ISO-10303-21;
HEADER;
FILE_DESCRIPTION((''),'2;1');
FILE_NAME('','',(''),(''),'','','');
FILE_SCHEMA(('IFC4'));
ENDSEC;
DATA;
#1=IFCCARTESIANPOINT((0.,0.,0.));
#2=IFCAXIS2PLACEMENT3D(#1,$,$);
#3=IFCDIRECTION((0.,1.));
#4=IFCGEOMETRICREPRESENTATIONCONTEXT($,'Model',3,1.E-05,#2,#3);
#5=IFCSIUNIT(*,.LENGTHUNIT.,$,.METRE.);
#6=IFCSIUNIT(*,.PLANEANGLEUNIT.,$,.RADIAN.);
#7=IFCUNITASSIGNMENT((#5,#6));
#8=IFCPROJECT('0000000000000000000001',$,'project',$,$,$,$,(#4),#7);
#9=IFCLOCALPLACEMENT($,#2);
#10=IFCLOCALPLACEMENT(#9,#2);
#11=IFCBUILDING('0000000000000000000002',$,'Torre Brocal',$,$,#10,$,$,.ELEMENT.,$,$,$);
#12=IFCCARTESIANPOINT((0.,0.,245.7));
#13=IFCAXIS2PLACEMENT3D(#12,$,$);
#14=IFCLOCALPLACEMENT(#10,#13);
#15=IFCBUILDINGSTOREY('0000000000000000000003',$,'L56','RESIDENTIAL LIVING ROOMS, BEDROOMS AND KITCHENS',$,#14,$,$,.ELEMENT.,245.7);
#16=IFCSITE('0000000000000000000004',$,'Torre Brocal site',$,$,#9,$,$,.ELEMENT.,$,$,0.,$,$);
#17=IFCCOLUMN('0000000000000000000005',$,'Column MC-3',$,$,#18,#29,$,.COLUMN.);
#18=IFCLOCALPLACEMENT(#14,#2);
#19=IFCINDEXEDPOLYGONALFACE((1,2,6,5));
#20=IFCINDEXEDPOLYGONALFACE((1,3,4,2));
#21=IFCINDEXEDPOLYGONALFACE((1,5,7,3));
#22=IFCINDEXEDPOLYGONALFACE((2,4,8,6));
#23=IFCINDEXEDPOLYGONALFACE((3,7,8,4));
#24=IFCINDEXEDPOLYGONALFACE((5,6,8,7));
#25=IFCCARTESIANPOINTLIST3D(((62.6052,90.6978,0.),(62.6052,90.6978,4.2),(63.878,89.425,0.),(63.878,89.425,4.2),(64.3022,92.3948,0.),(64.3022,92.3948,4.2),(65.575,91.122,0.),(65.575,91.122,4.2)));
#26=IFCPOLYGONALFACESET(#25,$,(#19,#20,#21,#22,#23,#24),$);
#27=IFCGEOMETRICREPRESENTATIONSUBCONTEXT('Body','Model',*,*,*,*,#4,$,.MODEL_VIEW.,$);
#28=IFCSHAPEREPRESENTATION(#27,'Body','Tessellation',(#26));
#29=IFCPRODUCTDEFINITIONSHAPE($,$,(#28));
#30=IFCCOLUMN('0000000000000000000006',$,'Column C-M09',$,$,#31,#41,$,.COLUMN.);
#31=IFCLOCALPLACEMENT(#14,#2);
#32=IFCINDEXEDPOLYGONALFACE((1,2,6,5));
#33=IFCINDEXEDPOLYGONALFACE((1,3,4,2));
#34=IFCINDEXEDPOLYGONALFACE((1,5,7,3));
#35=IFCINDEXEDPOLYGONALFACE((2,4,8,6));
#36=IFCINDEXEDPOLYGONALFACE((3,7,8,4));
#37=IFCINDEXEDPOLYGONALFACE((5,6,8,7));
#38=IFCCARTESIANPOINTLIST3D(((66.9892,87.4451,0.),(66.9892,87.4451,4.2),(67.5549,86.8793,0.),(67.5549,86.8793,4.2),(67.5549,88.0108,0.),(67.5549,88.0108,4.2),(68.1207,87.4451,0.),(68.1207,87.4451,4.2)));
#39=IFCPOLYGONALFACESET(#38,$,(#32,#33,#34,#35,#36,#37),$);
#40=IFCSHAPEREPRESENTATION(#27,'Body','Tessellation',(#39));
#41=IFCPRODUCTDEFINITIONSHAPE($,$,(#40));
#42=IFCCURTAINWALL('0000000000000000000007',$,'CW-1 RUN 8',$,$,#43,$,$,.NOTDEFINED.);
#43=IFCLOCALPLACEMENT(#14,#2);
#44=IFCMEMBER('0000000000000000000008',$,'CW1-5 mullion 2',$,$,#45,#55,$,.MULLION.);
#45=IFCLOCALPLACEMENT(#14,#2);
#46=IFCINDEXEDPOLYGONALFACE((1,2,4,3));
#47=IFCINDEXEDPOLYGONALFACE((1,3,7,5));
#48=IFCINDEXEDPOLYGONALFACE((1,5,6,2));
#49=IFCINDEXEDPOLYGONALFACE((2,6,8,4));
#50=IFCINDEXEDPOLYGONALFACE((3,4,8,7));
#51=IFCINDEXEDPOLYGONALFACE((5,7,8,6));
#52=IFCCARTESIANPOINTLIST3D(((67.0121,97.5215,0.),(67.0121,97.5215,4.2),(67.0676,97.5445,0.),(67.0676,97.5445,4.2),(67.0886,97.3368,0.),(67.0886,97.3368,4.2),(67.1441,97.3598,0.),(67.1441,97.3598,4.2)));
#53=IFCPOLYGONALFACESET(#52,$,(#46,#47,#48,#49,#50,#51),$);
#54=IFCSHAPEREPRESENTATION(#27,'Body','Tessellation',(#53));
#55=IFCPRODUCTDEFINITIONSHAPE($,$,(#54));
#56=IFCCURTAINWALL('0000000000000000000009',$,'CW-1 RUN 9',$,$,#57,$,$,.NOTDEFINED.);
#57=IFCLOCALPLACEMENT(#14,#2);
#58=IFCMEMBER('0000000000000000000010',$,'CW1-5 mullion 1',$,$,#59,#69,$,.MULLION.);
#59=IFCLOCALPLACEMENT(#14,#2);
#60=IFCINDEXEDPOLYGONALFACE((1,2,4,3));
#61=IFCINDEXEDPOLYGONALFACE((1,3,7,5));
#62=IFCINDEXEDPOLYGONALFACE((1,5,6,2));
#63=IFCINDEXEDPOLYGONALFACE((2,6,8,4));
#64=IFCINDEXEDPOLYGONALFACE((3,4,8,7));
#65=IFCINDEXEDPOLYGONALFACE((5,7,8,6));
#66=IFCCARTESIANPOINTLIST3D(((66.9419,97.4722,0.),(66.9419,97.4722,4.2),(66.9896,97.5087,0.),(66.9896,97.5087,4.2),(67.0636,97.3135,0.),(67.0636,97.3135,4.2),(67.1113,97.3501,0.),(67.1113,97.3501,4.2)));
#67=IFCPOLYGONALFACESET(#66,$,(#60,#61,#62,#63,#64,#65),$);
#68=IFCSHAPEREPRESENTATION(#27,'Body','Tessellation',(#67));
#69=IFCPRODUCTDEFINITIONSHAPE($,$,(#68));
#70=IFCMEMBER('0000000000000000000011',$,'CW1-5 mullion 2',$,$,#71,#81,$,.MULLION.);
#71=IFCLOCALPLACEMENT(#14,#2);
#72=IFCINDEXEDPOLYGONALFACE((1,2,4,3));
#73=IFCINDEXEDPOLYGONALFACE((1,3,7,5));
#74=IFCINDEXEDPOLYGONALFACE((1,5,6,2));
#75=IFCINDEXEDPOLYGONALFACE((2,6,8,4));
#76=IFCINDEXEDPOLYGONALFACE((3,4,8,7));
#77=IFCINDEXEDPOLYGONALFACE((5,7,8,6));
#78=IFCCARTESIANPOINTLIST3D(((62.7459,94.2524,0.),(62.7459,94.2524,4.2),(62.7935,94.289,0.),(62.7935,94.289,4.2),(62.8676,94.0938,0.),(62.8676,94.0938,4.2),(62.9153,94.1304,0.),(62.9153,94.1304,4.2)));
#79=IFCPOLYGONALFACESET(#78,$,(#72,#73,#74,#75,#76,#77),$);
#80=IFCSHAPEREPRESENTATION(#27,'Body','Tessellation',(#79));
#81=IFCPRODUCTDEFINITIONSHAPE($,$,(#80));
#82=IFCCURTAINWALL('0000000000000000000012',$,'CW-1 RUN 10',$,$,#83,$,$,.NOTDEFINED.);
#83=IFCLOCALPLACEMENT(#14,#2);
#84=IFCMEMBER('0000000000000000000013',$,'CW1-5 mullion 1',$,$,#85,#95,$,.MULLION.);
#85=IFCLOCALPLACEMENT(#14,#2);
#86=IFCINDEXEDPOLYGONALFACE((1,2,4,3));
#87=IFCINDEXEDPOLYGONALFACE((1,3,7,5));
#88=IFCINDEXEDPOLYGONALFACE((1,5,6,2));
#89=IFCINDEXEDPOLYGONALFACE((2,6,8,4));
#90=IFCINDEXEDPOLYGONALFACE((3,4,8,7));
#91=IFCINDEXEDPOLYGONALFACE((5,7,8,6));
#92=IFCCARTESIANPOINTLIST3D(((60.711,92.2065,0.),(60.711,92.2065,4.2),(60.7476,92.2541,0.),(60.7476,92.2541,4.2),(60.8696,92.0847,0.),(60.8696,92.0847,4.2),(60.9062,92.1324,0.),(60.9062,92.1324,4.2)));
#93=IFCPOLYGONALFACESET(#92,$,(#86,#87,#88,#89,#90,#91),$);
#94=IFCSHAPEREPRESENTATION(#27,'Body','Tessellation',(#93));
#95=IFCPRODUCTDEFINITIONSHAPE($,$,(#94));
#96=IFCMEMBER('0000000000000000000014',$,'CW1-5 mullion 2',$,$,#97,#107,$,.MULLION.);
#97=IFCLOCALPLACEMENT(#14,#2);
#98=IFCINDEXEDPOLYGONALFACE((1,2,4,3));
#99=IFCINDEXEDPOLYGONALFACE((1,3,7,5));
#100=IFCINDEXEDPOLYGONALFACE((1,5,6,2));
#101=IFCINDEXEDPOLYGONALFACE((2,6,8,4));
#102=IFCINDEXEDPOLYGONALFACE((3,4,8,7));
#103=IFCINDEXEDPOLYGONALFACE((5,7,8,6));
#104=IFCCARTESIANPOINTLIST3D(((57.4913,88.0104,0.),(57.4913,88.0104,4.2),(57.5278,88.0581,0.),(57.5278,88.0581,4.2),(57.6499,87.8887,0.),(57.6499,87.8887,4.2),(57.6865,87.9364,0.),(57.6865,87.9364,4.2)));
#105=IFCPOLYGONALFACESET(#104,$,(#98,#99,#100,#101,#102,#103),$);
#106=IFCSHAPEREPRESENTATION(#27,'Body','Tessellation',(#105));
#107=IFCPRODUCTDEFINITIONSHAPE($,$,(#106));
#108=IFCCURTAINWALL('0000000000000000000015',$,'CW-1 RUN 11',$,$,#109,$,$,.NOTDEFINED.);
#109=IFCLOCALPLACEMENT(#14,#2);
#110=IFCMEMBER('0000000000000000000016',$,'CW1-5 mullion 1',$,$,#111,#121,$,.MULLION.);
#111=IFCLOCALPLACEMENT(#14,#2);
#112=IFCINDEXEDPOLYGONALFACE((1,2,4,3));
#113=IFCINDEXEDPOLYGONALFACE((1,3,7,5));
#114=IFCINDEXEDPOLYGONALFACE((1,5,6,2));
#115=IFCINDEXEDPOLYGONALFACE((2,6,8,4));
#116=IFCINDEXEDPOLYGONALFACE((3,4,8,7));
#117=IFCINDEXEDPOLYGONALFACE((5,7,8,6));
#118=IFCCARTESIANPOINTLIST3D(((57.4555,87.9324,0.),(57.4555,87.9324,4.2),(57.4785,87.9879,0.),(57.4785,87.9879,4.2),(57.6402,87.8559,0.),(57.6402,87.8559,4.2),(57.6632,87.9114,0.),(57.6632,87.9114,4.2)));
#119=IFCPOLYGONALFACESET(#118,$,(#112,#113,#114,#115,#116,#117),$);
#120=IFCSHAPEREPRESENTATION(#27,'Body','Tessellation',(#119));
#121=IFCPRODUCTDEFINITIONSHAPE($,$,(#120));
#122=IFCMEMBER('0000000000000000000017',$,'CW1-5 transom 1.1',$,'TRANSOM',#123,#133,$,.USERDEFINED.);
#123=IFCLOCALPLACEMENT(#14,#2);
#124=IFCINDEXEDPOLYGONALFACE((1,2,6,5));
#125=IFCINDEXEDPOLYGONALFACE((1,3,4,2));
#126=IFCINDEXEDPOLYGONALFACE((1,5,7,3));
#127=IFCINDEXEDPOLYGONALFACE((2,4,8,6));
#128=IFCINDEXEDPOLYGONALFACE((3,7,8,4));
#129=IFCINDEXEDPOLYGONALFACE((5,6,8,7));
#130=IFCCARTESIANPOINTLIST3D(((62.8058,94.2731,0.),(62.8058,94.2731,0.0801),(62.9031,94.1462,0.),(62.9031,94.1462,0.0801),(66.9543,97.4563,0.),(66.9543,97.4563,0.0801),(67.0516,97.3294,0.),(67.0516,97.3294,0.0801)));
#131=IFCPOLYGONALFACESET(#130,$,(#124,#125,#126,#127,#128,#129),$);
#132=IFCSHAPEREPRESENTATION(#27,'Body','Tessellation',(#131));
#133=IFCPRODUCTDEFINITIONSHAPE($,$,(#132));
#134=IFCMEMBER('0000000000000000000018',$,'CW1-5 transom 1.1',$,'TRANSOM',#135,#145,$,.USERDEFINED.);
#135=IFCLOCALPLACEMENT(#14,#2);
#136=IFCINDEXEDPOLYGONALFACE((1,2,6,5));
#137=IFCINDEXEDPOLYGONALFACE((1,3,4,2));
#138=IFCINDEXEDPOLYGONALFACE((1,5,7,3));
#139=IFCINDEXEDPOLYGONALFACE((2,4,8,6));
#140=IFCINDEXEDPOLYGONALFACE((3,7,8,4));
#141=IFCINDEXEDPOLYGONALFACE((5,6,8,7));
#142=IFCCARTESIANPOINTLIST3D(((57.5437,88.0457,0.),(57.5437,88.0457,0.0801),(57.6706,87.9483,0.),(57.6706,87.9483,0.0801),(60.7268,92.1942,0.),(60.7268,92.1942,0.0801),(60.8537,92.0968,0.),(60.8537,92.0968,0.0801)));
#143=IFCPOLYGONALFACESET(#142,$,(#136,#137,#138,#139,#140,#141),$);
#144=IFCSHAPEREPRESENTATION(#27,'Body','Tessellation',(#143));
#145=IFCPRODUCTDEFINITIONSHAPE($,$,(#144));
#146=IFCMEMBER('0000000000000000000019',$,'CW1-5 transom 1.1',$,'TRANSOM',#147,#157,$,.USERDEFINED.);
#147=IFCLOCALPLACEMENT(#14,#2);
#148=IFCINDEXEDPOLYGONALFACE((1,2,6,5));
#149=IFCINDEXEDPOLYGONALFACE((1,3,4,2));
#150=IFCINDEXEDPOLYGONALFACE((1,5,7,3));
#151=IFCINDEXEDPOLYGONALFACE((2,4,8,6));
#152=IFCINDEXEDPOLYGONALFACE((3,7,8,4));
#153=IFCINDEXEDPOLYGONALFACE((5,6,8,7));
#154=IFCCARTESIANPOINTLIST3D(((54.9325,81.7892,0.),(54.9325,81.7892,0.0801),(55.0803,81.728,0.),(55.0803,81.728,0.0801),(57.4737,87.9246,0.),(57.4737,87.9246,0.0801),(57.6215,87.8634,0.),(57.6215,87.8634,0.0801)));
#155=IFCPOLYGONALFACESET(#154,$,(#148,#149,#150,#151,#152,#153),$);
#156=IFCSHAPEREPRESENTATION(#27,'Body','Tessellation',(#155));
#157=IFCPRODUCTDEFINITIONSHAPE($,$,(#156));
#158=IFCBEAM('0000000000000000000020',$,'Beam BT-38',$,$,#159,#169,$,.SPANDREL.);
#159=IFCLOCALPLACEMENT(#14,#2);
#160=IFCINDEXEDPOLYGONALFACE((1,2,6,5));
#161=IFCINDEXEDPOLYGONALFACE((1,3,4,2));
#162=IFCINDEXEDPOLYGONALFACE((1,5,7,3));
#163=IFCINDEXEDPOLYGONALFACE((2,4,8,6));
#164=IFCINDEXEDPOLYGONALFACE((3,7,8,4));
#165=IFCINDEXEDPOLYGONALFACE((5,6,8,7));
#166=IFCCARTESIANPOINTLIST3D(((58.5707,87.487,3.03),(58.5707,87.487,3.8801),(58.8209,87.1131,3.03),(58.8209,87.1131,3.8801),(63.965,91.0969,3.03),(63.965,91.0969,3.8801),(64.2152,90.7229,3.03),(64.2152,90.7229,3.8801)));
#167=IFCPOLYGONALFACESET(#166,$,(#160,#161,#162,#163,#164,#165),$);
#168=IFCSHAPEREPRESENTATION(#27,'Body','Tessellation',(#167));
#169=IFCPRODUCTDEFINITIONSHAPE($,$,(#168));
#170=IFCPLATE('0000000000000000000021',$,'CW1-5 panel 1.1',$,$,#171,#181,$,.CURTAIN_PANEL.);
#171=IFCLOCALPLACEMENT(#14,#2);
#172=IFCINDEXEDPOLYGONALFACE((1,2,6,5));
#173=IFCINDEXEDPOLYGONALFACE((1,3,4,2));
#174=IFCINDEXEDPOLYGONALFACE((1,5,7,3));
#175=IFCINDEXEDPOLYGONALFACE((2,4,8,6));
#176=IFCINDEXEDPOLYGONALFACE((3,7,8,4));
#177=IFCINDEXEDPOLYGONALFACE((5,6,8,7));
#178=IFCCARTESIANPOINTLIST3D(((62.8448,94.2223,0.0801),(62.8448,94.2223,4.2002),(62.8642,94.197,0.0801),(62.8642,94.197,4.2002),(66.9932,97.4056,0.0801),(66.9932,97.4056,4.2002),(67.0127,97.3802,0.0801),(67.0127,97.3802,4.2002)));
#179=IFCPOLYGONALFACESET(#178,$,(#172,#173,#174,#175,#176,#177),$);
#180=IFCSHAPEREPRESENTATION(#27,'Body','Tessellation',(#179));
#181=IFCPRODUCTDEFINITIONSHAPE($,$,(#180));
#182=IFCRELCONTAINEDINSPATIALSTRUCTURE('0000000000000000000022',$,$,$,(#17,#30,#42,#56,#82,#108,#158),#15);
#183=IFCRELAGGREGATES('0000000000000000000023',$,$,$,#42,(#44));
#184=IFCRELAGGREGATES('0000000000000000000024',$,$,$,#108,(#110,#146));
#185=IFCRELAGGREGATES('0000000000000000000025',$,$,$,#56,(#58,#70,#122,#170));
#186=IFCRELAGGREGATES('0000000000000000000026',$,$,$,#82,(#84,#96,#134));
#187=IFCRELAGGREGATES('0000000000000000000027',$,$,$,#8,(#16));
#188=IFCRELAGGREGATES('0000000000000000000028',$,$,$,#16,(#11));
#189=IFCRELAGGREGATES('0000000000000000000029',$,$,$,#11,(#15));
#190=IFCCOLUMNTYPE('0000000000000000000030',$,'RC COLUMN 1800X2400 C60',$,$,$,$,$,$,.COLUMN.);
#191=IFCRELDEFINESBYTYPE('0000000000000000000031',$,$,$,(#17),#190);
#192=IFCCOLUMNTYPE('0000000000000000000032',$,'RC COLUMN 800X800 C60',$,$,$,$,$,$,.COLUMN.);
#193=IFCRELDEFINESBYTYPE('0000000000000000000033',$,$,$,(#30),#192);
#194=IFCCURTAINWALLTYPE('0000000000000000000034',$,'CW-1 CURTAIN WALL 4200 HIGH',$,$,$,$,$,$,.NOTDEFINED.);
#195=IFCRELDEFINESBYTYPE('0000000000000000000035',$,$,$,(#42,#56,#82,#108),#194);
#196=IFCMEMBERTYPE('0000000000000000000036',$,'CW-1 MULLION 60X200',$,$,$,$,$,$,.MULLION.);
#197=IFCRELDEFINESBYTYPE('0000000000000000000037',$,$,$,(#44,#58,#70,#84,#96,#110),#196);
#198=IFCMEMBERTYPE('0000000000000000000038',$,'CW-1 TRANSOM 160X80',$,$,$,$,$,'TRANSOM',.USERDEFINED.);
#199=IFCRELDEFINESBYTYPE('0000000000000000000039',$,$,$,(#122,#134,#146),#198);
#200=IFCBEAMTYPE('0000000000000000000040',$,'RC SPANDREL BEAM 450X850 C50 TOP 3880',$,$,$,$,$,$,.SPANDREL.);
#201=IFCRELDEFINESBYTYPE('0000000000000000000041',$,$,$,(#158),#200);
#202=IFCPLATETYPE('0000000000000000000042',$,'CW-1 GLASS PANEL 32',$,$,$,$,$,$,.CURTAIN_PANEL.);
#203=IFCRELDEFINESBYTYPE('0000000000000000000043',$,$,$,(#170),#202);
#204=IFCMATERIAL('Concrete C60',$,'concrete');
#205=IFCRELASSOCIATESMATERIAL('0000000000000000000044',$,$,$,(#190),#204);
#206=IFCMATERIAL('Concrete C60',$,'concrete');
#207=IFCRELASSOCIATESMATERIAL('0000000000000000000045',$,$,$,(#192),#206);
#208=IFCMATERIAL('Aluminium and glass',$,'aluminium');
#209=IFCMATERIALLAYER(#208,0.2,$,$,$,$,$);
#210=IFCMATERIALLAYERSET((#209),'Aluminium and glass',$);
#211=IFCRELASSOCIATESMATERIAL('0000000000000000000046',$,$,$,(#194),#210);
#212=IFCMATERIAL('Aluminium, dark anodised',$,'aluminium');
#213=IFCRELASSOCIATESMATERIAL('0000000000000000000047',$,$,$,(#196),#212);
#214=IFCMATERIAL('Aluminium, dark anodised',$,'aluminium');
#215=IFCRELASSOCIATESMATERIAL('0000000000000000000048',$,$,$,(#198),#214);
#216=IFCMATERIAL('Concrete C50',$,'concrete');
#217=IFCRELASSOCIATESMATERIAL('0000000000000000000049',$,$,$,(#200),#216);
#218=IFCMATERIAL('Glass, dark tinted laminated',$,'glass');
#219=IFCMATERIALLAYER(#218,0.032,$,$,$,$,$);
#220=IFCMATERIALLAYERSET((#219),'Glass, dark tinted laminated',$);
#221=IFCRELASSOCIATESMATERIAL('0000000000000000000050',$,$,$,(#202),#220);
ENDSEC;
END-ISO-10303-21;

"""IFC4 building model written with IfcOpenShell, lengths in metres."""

from ifc_helpers import new_model, si_unit, direction, frame, origin, origin_2d, place, context, subcontext, project, spatial, rectangle, extrude, material, layer, layer_set, material_profile, profile_set, type_object, element, aggregate, save


model = new_model("IFC4")

# Units and contexts
model_context = context("Model", 3, precision=1e-05, world=origin(), true_north=direction((0.0, 1.0)))
body_context = subcontext(model_context, "Body", "Model", "MODEL_VIEW")
ifc_project = project(units=[si_unit("LENGTHUNIT", "METRE"), si_unit("PLANEANGLEUNIT", "RADIAN")], contexts=[model_context])

# Site, building, storey
site_placement = place(None, origin())
site = spatial("IfcSite", under=ifc_project, at=site_placement, Name="Torre Brocal site", CompositionType="ELEMENT", RefElevation=0.0)
building_placement = place(site_placement, origin())
building = spatial("IfcBuilding", under=site, at=building_placement, Name="Torre Brocal", CompositionType="ELEMENT")
storey_placement = place(building_placement, frame((0.0, 0.0, 245.7)))
storey = spatial("IfcBuildingStorey", under=building, at=storey_placement, Name="L56", Description="RESIDENTIAL LIVING ROOMS, BEDROOMS AND KITCHENS", CompositionType="ELEMENT", Elevation=245.7)

# Columns
ifc_material_1 = material(Name="Concrete C60", Category="concrete")
ifc_material_profile_1 = material_profile(ifc_material_1, rectangle(XDim=1.8, YDim=2.3999, at=origin_2d()), Name="RC 1800X2400")
ifc_profile_set_1 = profile_set([ifc_material_profile_1], Name="Concrete C60")
column_type_1 = type_object("IfcColumnType", Name="RC COLUMN 1800X2400 C60", PredefinedType="COLUMN", material=ifc_profile_set_1)
column_1_placement = place(storey_placement, frame((64.0901, 90.9099, 0.0), z_axis=(0.0, 0.0, 1.0), x_axis=(-0.707107, 0.707107, 0.0)))
element("IfcColumn", 1, at=column_1_placement, inside=storey, type_object=column_type_1, Name="Column MC-3", PredefinedType="COLUMN", context=body_context, shape_type="SweptSolid", body=[
    extrude(rectangle(XDim=1.8, YDim=2.3999, at=origin_2d()), origin(), (0.0, 0.0, 1.0), 4.2),
])
ifc_material_2 = material(Name="Concrete C60", Category="concrete")
ifc_material_profile_2 = material_profile(ifc_material_2, rectangle(XDim=0.8, YDim=0.8, at=origin_2d()), Name="RC 800X800")
ifc_profile_set_2 = profile_set([ifc_material_profile_2], Name="Concrete C60")
column_type_2 = type_object("IfcColumnType", Name="RC COLUMN 800X800 C60", PredefinedType="COLUMN", material=ifc_profile_set_2)
column_2_placement = place(storey_placement, frame((67.5549, 87.4451, 0.0), z_axis=(0.0, 0.0, 1.0), x_axis=(-0.707107, 0.707107, 0.0)))
element("IfcColumn", 2, at=column_2_placement, inside=storey, type_object=column_type_2, Name="Column C-M09", PredefinedType="COLUMN", context=body_context, shape_type="SweptSolid", body=[
    extrude(rectangle(XDim=0.8, YDim=0.8, at=origin_2d()), origin(), (0.0, 0.0, 1.0), 4.2),
])

# Curtain wall, member
ifc_material_3 = material(Name="Aluminium and glass", Category="aluminium")
ifc_layer_1 = layer(ifc_material_3, 0.2)
ifc_layer_set_1 = layer_set([ifc_layer_1], Name="Aluminium and glass")
curtain_wall_type = type_object("IfcCurtainWallType", Name="CW-1 CURTAIN WALL 4200 HIGH", PredefinedType="NOTDEFINED", material=ifc_layer_set_1)
curtain_wall_1_placement = place(storey_placement, origin())
curtain_wall_1 = element("IfcCurtainWall", 3, at=curtain_wall_1_placement, inside=storey, type_object=curtain_wall_type, Name="CW-1 RUN 8", PredefinedType="NOTDEFINED")
ifc_material_4 = material(Name="Aluminium, dark anodised", Category="aluminium")
ifc_material_profile_3 = material_profile(ifc_material_4, rectangle(XDim=0.2, YDim=0.0601, at=origin_2d()), Name="CW-1 MULLION 60X200")
ifc_profile_set_3 = profile_set([ifc_material_profile_3], Name="Aluminium, dark anodised")
member_type_1 = type_object("IfcMemberType", Name="CW-1 MULLION 60X200", PredefinedType="MULLION", material=ifc_profile_set_3)
member_1_placement = place(storey_placement, frame((67.0781, 97.4407, 0.0), z_axis=(0.0, 0.0, 1.0), x_axis=(0.382683, -0.92388, 0.0)))
member_1 = element("IfcMember", 4, at=member_1_placement, type_object=member_type_1, Name="CW1-5 mullion 2", PredefinedType="MULLION", context=body_context, shape_type="SweptSolid", body=[
    extrude(rectangle(XDim=0.2, YDim=0.0601, at=origin_2d()), origin(), (0.0, 0.0, 1.0), 4.2),
])
aggregate(curtain_wall_1, [member_1])

# Curtain walls, members
curtain_wall_2_placement = place(storey_placement, origin())
curtain_wall_2 = element("IfcCurtainWall", 5, at=curtain_wall_2_placement, inside=storey, type_object=curtain_wall_type, Name="CW-1 RUN 9", PredefinedType="NOTDEFINED")
member_2_placement = place(storey_placement, frame((67.0266, 97.4111, 0.0), z_axis=(0.0, 0.0, 1.0), x_axis=(0.608761, -0.793353, 0.0)))
member_2 = element("IfcMember", 6, at=member_2_placement, type_object=member_type_1, Name="CW1-5 mullion 1", PredefinedType="MULLION", context=body_context, shape_type="SweptSolid", body=[
    extrude(rectangle(XDim=0.2, YDim=0.0601, at=origin_2d()), origin(), (0.0, 0.0, 1.0), 4.2),
])
member_3_placement = place(storey_placement, frame((62.8306, 94.1914, 0.0), z_axis=(0.0, 0.0, 1.0), x_axis=(0.608761, -0.793353, 0.0)))
member_3 = element("IfcMember", 7, at=member_3_placement, type_object=member_type_1, Name="CW1-5 mullion 2", PredefinedType="MULLION", context=body_context, shape_type="SweptSolid", body=[
    extrude(rectangle(XDim=0.2, YDim=0.0601, at=origin_2d()), origin(), (0.0, 0.0, 1.0), 4.2),
])
curtain_wall_3_placement = place(storey_placement, origin())
curtain_wall_3 = element("IfcCurtainWall", 8, at=curtain_wall_3_placement, inside=storey, type_object=curtain_wall_type, Name="CW-1 RUN 10", PredefinedType="NOTDEFINED")
member_4_placement = place(storey_placement, frame((60.8086, 92.1694, 0.0), z_axis=(0.0, 0.0, 1.0), x_axis=(0.793353, -0.608761, 0.0)))
member_4 = element("IfcMember", 9, at=member_4_placement, type_object=member_type_1, Name="CW1-5 mullion 1", PredefinedType="MULLION", context=body_context, shape_type="SweptSolid", body=[
    extrude(rectangle(XDim=0.2, YDim=0.0601, at=origin_2d()), origin(), (0.0, 0.0, 1.0), 4.2),
])
member_5_placement = place(storey_placement, frame((57.5889, 87.9734, 0.0), z_axis=(0.0, 0.0, 1.0), x_axis=(0.793353, -0.608761, 0.0)))
member_5 = element("IfcMember", 10, at=member_5_placement, type_object=member_type_1, Name="CW1-5 mullion 2", PredefinedType="MULLION", context=body_context, shape_type="SweptSolid", body=[
    extrude(rectangle(XDim=0.2, YDim=0.0601, at=origin_2d()), origin(), (0.0, 0.0, 1.0), 4.2),
])

# Curtain wall, member
curtain_wall_4_placement = place(storey_placement, origin())
curtain_wall_4 = element("IfcCurtainWall", 11, at=curtain_wall_4_placement, inside=storey, type_object=curtain_wall_type, Name="CW-1 RUN 11", PredefinedType="NOTDEFINED")
member_6_placement = place(storey_placement, frame((57.5593, 87.9219, 0.0), z_axis=(0.0, 0.0, 1.0), x_axis=(0.92388, -0.382683, 0.0)))
member_6 = element("IfcMember", 12, at=member_6_placement, type_object=member_type_1, Name="CW1-5 mullion 1", PredefinedType="MULLION", context=body_context, shape_type="SweptSolid", body=[
    extrude(rectangle(XDim=0.2, YDim=0.0601, at=origin_2d()), origin(), (0.0, 0.0, 1.0), 4.2),
])

# Members
ifc_material_5 = material(Name="Aluminium, dark anodised", Category="aluminium")
ifc_material_profile_4 = material_profile(ifc_material_5, rectangle(XDim=0.1599, YDim=0.0801, at=origin_2d()), Name="CW-1 TRANSOM 160X80")
ifc_profile_set_4 = profile_set([ifc_material_profile_4], Name="Aluminium, dark anodised")
member_type_2 = type_object("IfcMemberType", Name="CW-1 TRANSOM 160X80", ElementType="TRANSOM", PredefinedType="USERDEFINED", material=ifc_profile_set_4)
member_7_placement = place(storey_placement, frame((67.0029, 97.3928, 0.04), z_axis=(-0.793363, -0.608749, 0.0), x_axis=(0.608749, -0.793363, 0.0)))
member_7 = element("IfcMember", 13, at=member_7_placement, type_object=member_type_2, Name="CW1-5 transom 1.1", ObjectType="TRANSOM", PredefinedType="USERDEFINED", context=body_context, shape_type="SweptSolid", body=[
    extrude(rectangle(XDim=0.1599, YDim=0.0801, at=origin_2d()), origin(), (0.0, 0.0, 1.0), 5.229),
])
member_8_placement = place(storey_placement, frame((60.7903, 92.1455, 0.04), z_axis=(-0.608749, -0.793363, 0.0), x_axis=(0.793363, -0.608749, 0.0)))
member_8 = element("IfcMember", 14, at=member_8_placement, type_object=member_type_2, Name="CW1-5 transom 1.1", ObjectType="TRANSOM", PredefinedType="USERDEFINED", context=body_context, shape_type="SweptSolid", body=[
    extrude(rectangle(XDim=0.1599, YDim=0.0801, at=origin_2d()), origin(), (0.0, 0.0, 1.0), 5.229),
])
member_9_placement = place(storey_placement, frame((57.5476, 87.894, 0.04), z_axis=(-0.382665, -0.923887, 0.0), x_axis=(0.923887, -0.382665, 0.0)))
member_9 = element("IfcMember", 15, at=member_9_placement, type_object=member_type_2, Name="CW1-5 transom 1.1", ObjectType="TRANSOM", PredefinedType="USERDEFINED", context=body_context, shape_type="SweptSolid", body=[
    extrude(rectangle(XDim=0.1599, YDim=0.0801, at=origin_2d()), origin(), (0.0, 0.0, 1.0), 6.6409),
])
aggregate(curtain_wall_4, [member_6, member_9])

# Beam
ifc_material_6 = material(Name="Concrete C50", Category="concrete")
ifc_material_profile_5 = material_profile(ifc_material_6, rectangle(XDim=0.45, YDim=0.8501, at=origin_2d()), Name="RC 450X850")
ifc_profile_set_5 = profile_set([ifc_material_profile_5], Name="Concrete C50")
beam_type = type_object("IfcBeamType", Name="RC SPANDREL BEAM 450X850 C50 TOP 3880", PredefinedType="SPANDREL", material=ifc_profile_set_5)
beam_placement = place(storey_placement, frame((64.0901, 90.9099, 3.4551), z_axis=(-0.831077, -0.556158, 0.0), x_axis=(0.556158, -0.831077, 0.0)))
element("IfcBeam", 16, at=beam_placement, inside=storey, type_object=beam_type, Name="Beam BT-38", PredefinedType="SPANDREL", context=body_context, shape_type="SweptSolid", body=[
    extrude(rectangle(XDim=0.45, YDim=0.8501, at=origin_2d()), origin(), (0.0, 0.0, 1.0), 6.4907),
])

# Plate
ifc_material_7 = material(Name="Glass, dark tinted laminated", Category="glass")
ifc_layer_2 = layer(ifc_material_7, 0.032)
ifc_layer_set_2 = layer_set([ifc_layer_2], Name="Glass, dark tinted laminated")
plate_type = type_object("IfcPlateType", Name="CW-1 GLASS PANEL 32", PredefinedType="CURTAIN_PANEL", material=ifc_layer_set_2)
plate_1_placement = place(storey_placement, frame((64.9287, 95.8013, 0.0801), z_axis=(0.0, 0.0, 1.0), x_axis=(-0.793353, -0.608761, 0.0)))
plate_1 = element("IfcPlate", 17, at=plate_1_placement, type_object=plate_type, Name="CW1-5 panel 1.1", PredefinedType="CURTAIN_PANEL", context=body_context, shape_type="SweptSolid", body=[
    extrude(rectangle(XDim=5.229, YDim=0.032, at=origin_2d()), origin(), (0.0, 0.0, 1.0), 4.1201),
])
aggregate(curtain_wall_2, [member_2, member_3, member_7, plate_1])
aggregate(curtain_wall_3, [member_4, member_5, member_8])

save(model, "model.ifc")
